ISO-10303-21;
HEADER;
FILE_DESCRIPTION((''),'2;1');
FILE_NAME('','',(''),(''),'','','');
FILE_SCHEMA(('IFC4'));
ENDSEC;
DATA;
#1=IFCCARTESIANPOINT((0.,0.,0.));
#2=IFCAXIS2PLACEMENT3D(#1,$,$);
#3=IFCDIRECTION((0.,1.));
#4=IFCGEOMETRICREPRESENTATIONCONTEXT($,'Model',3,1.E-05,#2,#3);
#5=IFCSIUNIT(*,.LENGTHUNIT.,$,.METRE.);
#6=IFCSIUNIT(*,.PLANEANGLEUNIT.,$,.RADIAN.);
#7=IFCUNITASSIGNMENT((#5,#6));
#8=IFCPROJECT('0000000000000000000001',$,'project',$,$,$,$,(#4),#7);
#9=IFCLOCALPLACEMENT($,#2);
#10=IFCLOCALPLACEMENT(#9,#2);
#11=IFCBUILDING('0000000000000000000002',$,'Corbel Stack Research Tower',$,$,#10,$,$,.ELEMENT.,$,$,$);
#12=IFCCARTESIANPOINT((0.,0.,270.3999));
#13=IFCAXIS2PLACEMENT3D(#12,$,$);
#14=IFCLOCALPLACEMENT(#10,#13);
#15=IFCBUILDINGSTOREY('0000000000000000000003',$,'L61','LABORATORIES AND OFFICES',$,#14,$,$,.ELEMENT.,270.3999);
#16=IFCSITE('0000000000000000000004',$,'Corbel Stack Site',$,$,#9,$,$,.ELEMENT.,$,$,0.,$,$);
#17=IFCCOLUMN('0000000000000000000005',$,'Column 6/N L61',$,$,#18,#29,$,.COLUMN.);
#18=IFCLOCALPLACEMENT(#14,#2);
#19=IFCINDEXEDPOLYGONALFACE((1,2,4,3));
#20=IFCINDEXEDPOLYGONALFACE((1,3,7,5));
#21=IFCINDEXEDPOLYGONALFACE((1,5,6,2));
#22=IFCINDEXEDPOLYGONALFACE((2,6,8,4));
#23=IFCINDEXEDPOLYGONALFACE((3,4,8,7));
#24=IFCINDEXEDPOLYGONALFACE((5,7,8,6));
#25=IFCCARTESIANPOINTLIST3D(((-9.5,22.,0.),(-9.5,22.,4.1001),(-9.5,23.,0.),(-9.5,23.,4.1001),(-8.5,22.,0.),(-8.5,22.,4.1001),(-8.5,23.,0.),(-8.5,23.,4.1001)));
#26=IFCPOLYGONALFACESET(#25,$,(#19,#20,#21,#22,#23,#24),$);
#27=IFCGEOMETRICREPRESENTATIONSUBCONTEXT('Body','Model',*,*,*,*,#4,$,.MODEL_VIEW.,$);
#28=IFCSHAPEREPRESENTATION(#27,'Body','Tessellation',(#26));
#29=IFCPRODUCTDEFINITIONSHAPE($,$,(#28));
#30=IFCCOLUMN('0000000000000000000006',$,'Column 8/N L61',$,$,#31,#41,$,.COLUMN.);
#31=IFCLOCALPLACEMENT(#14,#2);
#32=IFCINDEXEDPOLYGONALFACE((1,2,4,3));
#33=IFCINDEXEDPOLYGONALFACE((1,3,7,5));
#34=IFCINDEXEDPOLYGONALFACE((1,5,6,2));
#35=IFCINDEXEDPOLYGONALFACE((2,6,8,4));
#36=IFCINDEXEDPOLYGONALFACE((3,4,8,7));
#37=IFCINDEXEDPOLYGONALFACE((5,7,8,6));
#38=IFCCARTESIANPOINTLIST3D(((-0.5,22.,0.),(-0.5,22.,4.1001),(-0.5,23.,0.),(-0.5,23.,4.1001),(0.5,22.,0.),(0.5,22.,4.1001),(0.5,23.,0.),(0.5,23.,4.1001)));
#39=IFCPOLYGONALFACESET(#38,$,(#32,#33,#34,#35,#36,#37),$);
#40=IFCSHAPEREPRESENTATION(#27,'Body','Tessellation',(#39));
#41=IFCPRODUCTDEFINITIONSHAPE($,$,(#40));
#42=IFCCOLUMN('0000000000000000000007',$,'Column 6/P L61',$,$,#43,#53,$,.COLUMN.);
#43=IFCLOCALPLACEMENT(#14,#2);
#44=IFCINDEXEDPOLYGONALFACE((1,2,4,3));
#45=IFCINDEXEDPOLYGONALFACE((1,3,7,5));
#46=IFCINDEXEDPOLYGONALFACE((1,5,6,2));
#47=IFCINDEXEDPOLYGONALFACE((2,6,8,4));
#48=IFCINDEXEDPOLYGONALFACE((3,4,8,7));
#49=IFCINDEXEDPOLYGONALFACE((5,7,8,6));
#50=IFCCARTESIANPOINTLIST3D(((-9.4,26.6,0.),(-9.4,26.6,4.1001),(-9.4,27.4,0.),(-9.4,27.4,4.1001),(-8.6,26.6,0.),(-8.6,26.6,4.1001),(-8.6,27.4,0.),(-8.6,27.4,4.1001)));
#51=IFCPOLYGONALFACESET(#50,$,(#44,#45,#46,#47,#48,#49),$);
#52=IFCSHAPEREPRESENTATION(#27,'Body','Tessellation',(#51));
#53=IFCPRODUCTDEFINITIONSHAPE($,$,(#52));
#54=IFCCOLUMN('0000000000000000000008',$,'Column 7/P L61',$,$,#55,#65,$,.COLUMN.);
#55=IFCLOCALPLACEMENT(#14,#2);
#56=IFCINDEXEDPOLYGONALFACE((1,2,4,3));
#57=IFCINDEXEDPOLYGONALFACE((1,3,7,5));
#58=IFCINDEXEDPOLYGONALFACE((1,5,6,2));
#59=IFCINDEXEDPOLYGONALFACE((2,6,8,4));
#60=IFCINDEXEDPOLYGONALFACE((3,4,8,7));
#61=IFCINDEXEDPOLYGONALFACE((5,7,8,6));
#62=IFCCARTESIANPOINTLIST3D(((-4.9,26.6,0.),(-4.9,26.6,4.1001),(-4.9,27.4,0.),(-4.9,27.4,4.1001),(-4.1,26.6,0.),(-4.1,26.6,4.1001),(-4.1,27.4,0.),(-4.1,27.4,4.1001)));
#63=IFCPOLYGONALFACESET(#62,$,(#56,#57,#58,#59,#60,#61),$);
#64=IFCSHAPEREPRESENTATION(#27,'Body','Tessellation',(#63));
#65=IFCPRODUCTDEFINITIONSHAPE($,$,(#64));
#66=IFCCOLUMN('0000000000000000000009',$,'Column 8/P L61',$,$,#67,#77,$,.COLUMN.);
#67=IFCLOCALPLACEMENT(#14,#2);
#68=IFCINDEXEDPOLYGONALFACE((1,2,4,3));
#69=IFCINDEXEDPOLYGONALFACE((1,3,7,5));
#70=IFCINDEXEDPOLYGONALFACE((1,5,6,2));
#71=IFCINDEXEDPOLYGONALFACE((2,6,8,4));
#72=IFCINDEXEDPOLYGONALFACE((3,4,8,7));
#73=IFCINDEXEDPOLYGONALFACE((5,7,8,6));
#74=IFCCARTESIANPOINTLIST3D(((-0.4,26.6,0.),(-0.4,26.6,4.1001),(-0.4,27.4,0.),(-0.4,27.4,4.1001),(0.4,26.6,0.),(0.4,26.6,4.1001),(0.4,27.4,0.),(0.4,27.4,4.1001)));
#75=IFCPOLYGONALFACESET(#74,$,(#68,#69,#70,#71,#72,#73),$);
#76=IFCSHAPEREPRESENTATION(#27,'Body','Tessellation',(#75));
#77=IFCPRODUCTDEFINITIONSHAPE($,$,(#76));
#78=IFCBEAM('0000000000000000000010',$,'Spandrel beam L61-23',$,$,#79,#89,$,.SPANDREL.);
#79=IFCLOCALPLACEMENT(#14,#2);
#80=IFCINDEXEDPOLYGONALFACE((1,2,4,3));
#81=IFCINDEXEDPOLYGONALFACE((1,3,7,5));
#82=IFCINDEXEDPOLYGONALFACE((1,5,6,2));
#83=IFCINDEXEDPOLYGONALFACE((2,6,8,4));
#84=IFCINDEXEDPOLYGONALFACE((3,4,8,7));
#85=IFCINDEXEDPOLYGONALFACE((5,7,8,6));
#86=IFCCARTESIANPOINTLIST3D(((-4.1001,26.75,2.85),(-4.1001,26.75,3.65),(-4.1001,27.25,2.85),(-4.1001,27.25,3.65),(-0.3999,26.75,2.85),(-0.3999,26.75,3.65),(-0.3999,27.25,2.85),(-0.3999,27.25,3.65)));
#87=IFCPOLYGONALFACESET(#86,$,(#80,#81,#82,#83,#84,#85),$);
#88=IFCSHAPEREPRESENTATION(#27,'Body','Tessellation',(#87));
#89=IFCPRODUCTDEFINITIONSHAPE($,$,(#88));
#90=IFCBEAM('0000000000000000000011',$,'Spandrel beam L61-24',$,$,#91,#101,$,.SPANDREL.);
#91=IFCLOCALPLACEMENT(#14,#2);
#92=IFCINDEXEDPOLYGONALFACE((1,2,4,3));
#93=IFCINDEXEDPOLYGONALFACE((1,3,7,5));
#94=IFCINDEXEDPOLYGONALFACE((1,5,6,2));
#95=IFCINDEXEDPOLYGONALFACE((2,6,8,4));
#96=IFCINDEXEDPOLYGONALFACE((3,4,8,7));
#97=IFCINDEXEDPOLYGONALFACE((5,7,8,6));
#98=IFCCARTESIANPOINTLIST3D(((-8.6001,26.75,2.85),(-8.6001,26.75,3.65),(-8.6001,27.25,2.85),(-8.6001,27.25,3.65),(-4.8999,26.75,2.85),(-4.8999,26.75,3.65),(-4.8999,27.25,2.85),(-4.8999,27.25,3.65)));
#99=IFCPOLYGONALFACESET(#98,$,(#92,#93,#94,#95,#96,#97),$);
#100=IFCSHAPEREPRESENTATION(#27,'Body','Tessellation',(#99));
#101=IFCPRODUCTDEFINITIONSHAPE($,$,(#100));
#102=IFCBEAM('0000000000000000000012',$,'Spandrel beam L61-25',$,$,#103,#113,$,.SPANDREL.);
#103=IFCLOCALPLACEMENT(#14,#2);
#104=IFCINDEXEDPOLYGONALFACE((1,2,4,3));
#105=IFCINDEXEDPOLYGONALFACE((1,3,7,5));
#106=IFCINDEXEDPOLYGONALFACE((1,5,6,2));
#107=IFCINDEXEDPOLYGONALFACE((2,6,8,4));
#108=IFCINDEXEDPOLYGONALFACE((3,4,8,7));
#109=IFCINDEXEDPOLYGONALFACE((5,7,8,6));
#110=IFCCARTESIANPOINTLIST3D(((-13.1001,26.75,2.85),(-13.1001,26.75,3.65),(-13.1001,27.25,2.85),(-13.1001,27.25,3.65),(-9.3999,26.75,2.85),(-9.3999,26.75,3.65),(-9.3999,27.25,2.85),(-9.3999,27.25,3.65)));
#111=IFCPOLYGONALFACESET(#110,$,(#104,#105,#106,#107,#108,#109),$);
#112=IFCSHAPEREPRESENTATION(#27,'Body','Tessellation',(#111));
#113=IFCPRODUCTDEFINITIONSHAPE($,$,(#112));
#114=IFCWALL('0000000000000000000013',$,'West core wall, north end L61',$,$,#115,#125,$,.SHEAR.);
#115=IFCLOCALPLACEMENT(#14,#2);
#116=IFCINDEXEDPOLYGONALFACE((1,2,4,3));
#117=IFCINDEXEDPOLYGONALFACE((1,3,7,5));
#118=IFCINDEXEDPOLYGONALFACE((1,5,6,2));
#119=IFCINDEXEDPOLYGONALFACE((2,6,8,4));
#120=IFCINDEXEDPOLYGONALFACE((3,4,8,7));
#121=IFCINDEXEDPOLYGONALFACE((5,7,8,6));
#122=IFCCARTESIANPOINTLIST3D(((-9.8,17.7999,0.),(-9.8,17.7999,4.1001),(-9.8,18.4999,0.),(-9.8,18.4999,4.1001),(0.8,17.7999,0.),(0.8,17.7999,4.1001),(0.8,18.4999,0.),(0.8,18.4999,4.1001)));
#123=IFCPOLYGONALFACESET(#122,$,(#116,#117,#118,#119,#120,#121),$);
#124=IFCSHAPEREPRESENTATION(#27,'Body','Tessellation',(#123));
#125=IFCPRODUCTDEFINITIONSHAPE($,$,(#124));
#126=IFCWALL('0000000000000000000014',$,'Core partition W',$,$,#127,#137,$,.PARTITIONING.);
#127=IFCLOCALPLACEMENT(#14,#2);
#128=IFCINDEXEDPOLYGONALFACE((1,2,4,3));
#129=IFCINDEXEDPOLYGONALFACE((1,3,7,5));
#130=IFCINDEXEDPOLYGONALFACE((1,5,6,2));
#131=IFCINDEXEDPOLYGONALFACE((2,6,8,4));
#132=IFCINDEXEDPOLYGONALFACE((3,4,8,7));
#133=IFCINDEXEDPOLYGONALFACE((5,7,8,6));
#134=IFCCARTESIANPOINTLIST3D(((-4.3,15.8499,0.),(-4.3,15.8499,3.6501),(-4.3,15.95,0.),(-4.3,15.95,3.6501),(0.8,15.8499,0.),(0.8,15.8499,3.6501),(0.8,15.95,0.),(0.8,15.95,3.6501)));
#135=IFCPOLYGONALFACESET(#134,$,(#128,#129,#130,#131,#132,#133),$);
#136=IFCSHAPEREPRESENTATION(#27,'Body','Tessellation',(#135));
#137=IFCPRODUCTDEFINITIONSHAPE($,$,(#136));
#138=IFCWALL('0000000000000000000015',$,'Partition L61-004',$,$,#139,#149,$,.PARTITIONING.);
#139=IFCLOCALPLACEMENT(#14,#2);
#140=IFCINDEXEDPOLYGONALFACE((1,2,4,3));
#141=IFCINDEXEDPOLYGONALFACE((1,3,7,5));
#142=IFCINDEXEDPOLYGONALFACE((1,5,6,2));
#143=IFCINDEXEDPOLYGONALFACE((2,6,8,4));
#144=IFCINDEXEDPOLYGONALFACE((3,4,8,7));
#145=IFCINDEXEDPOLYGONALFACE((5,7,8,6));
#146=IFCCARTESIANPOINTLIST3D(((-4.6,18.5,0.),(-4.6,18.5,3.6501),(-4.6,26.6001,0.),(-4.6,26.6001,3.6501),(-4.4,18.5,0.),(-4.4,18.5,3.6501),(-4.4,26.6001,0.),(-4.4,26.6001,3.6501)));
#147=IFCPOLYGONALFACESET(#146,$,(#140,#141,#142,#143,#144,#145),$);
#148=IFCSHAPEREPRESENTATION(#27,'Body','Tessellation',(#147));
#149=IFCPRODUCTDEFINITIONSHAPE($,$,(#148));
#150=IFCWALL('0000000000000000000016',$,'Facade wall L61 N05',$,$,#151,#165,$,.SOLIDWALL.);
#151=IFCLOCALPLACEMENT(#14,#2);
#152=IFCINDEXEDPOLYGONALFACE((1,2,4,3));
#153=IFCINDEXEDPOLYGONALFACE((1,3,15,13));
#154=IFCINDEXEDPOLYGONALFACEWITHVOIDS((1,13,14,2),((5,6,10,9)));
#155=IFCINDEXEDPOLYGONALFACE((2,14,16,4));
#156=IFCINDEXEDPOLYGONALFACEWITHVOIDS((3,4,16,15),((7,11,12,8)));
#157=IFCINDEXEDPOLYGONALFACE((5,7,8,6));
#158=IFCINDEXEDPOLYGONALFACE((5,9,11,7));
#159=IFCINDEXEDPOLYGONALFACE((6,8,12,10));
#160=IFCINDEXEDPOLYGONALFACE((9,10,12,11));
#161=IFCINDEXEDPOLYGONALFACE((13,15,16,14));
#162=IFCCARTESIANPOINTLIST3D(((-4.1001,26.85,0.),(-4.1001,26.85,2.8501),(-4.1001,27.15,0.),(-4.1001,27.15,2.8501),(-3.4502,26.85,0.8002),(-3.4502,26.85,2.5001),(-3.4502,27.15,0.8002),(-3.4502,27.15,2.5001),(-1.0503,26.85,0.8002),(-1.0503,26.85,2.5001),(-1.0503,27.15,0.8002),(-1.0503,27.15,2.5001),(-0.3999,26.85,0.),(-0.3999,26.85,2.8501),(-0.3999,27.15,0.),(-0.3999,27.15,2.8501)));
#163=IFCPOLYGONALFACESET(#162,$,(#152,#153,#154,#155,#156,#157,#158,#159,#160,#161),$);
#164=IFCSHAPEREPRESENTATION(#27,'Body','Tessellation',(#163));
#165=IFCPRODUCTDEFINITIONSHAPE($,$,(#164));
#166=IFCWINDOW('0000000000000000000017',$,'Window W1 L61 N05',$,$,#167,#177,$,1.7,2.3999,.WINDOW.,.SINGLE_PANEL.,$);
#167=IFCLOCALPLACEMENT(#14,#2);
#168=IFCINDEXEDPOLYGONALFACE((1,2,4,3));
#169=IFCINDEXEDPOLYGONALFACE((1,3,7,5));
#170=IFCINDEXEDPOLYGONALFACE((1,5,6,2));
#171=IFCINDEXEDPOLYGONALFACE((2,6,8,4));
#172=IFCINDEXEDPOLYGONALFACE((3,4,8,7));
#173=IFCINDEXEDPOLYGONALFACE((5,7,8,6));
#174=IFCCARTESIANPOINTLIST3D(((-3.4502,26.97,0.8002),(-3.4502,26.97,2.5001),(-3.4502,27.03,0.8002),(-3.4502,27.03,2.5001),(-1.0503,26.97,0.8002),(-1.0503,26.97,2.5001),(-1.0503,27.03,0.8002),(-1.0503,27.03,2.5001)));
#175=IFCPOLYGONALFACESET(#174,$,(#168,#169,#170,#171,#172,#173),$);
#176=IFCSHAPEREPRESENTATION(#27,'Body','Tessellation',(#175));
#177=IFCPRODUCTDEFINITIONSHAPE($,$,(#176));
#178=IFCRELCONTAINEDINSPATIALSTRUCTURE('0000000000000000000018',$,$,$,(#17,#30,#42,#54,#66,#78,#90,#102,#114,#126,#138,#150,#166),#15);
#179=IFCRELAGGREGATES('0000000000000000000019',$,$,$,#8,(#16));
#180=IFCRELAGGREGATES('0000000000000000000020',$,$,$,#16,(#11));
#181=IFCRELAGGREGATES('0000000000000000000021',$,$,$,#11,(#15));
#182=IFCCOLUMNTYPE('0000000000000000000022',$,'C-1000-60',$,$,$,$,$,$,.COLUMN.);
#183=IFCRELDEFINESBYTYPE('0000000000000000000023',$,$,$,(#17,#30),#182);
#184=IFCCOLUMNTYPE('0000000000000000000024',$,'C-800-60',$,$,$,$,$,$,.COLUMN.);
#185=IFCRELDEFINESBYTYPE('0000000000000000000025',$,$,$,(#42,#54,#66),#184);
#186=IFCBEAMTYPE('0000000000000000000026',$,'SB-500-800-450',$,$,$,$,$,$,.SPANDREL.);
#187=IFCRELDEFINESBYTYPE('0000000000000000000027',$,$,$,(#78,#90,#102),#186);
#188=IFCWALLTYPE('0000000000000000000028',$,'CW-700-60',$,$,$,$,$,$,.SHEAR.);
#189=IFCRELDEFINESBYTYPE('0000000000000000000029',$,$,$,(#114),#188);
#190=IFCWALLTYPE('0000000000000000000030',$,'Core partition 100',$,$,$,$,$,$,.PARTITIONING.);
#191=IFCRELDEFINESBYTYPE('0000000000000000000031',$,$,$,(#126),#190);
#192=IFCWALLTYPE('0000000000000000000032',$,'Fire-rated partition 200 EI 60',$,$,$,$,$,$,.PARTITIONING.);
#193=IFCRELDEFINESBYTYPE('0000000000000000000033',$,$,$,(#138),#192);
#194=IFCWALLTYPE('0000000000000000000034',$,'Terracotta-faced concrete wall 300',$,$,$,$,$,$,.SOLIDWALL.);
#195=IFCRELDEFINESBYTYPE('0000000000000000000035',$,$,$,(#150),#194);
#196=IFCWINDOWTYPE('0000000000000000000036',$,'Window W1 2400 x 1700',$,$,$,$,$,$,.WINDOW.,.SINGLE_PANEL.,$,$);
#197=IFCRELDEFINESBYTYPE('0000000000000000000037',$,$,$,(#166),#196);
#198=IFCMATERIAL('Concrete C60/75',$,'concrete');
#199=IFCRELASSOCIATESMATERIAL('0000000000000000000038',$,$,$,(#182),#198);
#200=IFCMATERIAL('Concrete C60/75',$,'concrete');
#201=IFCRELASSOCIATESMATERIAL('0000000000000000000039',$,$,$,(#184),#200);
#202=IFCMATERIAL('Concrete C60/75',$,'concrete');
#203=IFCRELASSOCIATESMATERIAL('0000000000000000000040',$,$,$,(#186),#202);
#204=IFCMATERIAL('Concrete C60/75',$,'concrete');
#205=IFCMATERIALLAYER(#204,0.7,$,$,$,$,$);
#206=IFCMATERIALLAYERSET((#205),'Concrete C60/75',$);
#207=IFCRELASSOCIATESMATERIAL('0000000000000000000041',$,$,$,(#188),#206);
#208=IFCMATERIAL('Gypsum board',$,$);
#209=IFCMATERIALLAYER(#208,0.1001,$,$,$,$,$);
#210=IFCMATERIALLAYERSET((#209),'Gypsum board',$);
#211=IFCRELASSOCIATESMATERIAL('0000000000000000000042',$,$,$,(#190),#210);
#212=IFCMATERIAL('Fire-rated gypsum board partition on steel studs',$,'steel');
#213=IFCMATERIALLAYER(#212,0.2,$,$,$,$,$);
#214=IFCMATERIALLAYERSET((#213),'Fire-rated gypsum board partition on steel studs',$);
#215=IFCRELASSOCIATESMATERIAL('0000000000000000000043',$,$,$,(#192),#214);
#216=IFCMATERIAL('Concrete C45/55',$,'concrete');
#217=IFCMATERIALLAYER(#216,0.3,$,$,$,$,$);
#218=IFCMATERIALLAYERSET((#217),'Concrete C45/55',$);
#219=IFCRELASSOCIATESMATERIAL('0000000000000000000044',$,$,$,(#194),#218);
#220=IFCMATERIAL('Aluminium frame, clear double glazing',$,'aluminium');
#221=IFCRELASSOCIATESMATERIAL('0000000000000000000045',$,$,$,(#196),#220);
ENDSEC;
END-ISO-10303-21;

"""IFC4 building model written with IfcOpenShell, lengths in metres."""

from ifc_helpers import new_model, si_unit, direction, frame, frame_2d, origin, origin_2d, place, context, subcontext, project, spatial, rectangle, extrude, material, layer, layer_set, material_profile, profile_set, type_object, element, fill, save


model = new_model("IFC4")

# Units and contexts
model_context = context("Model", 3, precision=1e-05, world=origin(), true_north=direction((0.0, 1.0)))
body_context = subcontext(model_context, "Body", "Model", "MODEL_VIEW")
ifc_project = project(units=[si_unit("LENGTHUNIT", "METRE"), si_unit("PLANEANGLEUNIT", "RADIAN")], contexts=[model_context])

# Site, building, storey
site_placement = place(None, origin())
site = spatial("IfcSite", under=ifc_project, at=site_placement, Name="Corbel Stack Site", CompositionType="ELEMENT", RefElevation=0.0)
building_placement = place(site_placement, origin())
building = spatial("IfcBuilding", under=site, at=building_placement, Name="Corbel Stack Research Tower", CompositionType="ELEMENT")
storey_placement = place(building_placement, frame((0.0, 0.0, 270.3999)))
storey = spatial("IfcBuildingStorey", under=building, at=storey_placement, Name="L61", Description="LABORATORIES AND OFFICES", CompositionType="ELEMENT", Elevation=270.3999)

# Columns
ifc_material_1 = material(Name="Concrete C60/75", Category="concrete")
ifc_material_profile_1 = material_profile(ifc_material_1, rectangle(XDim=1.0, YDim=1.0, at=origin_2d()), Name="RC 1000 x 1000")
ifc_profile_set_1 = profile_set([ifc_material_profile_1], Name="Concrete C60/75")
column_type_1 = type_object("IfcColumnType", Name="C-1000-60", PredefinedType="COLUMN", material=ifc_profile_set_1)
for number, where, z_axis, x_axis, name in (
    (1, (-9.0, 22.5, 0.0), (0.0, 0.0, 1.0), (1.0, 0.0, 0.0), "Column 6/N L61"),
    (2, (0.0, 22.5, 0.0), (0.0, 0.0, 1.0), (1.0, 0.0, 0.0), "Column 8/N L61"),
):
    element("IfcColumn", number, at=place(storey_placement, frame(where, z_axis=z_axis, x_axis=x_axis)), inside=storey, type_object=column_type_1, Name=name, PredefinedType="COLUMN", context=body_context, shape_type="SweptSolid", body=[
        extrude(rectangle(XDim=1.0, YDim=1.0, at=origin_2d()), origin(), (0.0, 0.0, 1.0), 4.1001),
    ])
ifc_material_2 = material(Name="Concrete C60/75", Category="concrete")
ifc_material_profile_2 = material_profile(ifc_material_2, rectangle(XDim=0.8, YDim=0.8, at=origin_2d()), Name="RC 800 x 800")
ifc_profile_set_2 = profile_set([ifc_material_profile_2], Name="Concrete C60/75")
column_type_2 = type_object("IfcColumnType", Name="C-800-60", PredefinedType="COLUMN", material=ifc_profile_set_2)
for number, where, z_axis, x_axis, name in (
    (3, (-9.0, 27.0, 0.0), (0.0, 0.0, 1.0), (1.0, 0.0, 0.0), "Column 6/P L61"),
    (4, (-4.5, 27.0, 0.0), (0.0, 0.0, 1.0), (1.0, 0.0, 0.0), "Column 7/P L61"),
    (5, (0.0, 27.0, 0.0), (0.0, 0.0, 1.0), (1.0, 0.0, 0.0), "Column 8/P L61"),
):
    element("IfcColumn", number, at=place(storey_placement, frame(where, z_axis=z_axis, x_axis=x_axis)), inside=storey, type_object=column_type_2, Name=name, PredefinedType="COLUMN", context=body_context, shape_type="SweptSolid", body=[
        extrude(rectangle(XDim=0.8, YDim=0.8, at=origin_2d()), origin(), (0.0, 0.0, 1.0), 4.1001),
    ])

# Beams
ifc_material_3 = material(Name="Concrete C60/75", Category="concrete")
ifc_material_profile_3 = material_profile(ifc_material_3, rectangle(XDim=0.5, YDim=0.8, at=origin_2d()), Name="RC 500 x 800")
ifc_profile_set_3 = profile_set([ifc_material_profile_3], Name="Concrete C60/75")
beam_type = type_object("IfcBeamType", Name="SB-500-800-450", PredefinedType="SPANDREL", material=ifc_profile_set_3)
for number, where, z_axis, x_axis, name in (
    (6, (-0.3999, 27.0, 3.25), (-1.0, 0.0, 0.0), (0.0, -1.0, 0.0), "Spandrel beam L61-23"),
    (7, (-4.8999, 27.0, 3.25), (-1.0, 0.0, 0.0), (0.0, -1.0, 0.0), "Spandrel beam L61-24"),
    (8, (-9.3999, 27.0, 3.25), (-1.0, 0.0, 0.0), (0.0, -1.0, 0.0), "Spandrel beam L61-25"),
):
    element("IfcBeam", number, at=place(storey_placement, frame(where, z_axis=z_axis, x_axis=x_axis)), inside=storey, type_object=beam_type, Name=name, PredefinedType="SPANDREL", context=body_context, shape_type="SweptSolid", body=[
        extrude(rectangle(XDim=0.5, YDim=0.8, at=origin_2d()), origin(), (0.0, 0.0, 1.0), 3.7002),
    ])

# Walls
ifc_material_4 = material(Name="Concrete C60/75", Category="concrete")
ifc_layer_1 = layer(ifc_material_4, 0.7)
ifc_layer_set_1 = layer_set([ifc_layer_1], Name="Concrete C60/75")
wall_type_1 = type_object("IfcWallType", Name="CW-700-60", PredefinedType="SHEAR", material=ifc_layer_set_1)
wall_1_placement = place(storey_placement, frame((-9.8, 18.1499, 0.0), z_axis=(0.0, 0.0, 1.0), x_axis=(1.0, 0.0, 0.0)))
element("IfcWall", 9, at=wall_1_placement, inside=storey, type_object=wall_type_1, Name="West core wall, north end L61", PredefinedType="SHEAR", context=body_context, shape_type="SweptSolid", body=[
    extrude(rectangle(XDim=10.6001, YDim=0.7, at=frame_2d((5.3, 0.0))), origin(), (0.0, 0.0, 1.0), 4.1001),
])
ifc_material_5 = material(Name="Gypsum board")
ifc_layer_2 = layer(ifc_material_5, 0.1001)
ifc_layer_set_2 = layer_set([ifc_layer_2], Name="Gypsum board")
wall_type_2 = type_object("IfcWallType", Name="Core partition 100", PredefinedType="PARTITIONING", material=ifc_layer_set_2)
wall_2_placement = place(storey_placement, frame((-4.3, 15.8999, 0.0), z_axis=(0.0, 0.0, 1.0), x_axis=(1.0, 0.0, 0.0)))
element("IfcWall", 10, at=wall_2_placement, inside=storey, type_object=wall_type_2, Name="Core partition W", PredefinedType="PARTITIONING", context=body_context, shape_type="SweptSolid", body=[
    extrude(rectangle(XDim=5.1001, YDim=0.1001, at=frame_2d((2.55, 0.0))), origin(), (0.0, 0.0, 1.0), 3.6501),
])
ifc_material_6 = material(Name="Fire-rated gypsum board partition on steel studs", Category="steel")
ifc_layer_3 = layer(ifc_material_6, 0.2)
ifc_layer_set_3 = layer_set([ifc_layer_3], Name="Fire-rated gypsum board partition on steel studs")
wall_type_3 = type_object("IfcWallType", Name="Fire-rated partition 200 EI 60", PredefinedType="PARTITIONING", material=ifc_layer_set_3)
wall_3_placement = place(storey_placement, frame((-4.5, 18.5, 0.0), z_axis=(0.0, 0.0, 1.0), x_axis=(0.0, 1.0, 0.0)))
element("IfcWall", 11, at=wall_3_placement, inside=storey, type_object=wall_type_3, Name="Partition L61-004", PredefinedType="PARTITIONING", context=body_context, shape_type="SweptSolid", body=[
    extrude(rectangle(XDim=8.1001, YDim=0.2, at=frame_2d((4.05, 0.0))), origin(), (0.0, 0.0, 1.0), 3.6501),
])

# Wall, opening, window
ifc_material_7 = material(Name="Concrete C45/55", Category="concrete")
ifc_layer_4 = layer(ifc_material_7, 0.3)
ifc_layer_set_4 = layer_set([ifc_layer_4], Name="Concrete C45/55")
wall_type_4 = type_object("IfcWallType", Name="Terracotta-faced concrete wall 300", PredefinedType="SOLIDWALL", material=ifc_layer_set_4)
wall_4_placement = place(storey_placement, frame((-4.1001, 27.0, 0.0), z_axis=(0.0, 0.0, 1.0), x_axis=(1.0, 0.0, 0.0)))
wall_4 = element("IfcWall", 12, at=wall_4_placement, inside=storey, type_object=wall_type_4, Name="Facade wall L61 N05", PredefinedType="SOLIDWALL", context=body_context, shape_type="SweptSolid", body=[
    extrude(rectangle(XDim=3.7002, YDim=0.3, at=frame_2d((1.8501, 0.0))), origin(), (0.0, 0.0, 1.0), 2.8501),
])
opening_1_placement = place(wall_4_placement, frame((0.6499, 0.0, 0.8)))
opening_1 = element("IfcOpeningElement", 13, at=opening_1_placement, cuts=wall_4, PredefinedType="OPENING", context=body_context, shape_type="SweptSolid", body=[
    extrude(rectangle(XDim=2.3999, YDim=1.7, at=frame_2d((1.2, 0.8501))), frame((0.0, 0.1599, 0.0), z_axis=(0.0, -1.0, 0.0), x_axis=(1.0, 0.0, 0.0)), (0.0, 0.0, 1.0), 0.3201),
])
ifc_material_8 = material(Name="Aluminium frame, clear double glazing", Category="aluminium")
window_type = type_object("IfcWindowType", Name="Window W1 2400 x 1700", PartitioningType="SINGLE_PANEL", PredefinedType="WINDOW", material=ifc_material_8)
window_1_placement = place(opening_1_placement, origin())
window_1 = element("IfcWindow", 14, at=window_1_placement, inside=storey, type_object=window_type, Name="Window W1 L61 N05", OverallHeight=1.7, OverallWidth=2.3999, PartitioningType="SINGLE_PANEL", PredefinedType="WINDOW", context=body_context, shape_type="SweptSolid", body=[
    extrude(rectangle(XDim=2.3999, YDim=1.7, at=frame_2d((1.2, 0.8501))), frame((0.0, 0.03, 0.0), z_axis=(0.0, -1.0, 0.0), x_axis=(1.0, 0.0, 0.0)), (0.0, 0.0, 1.0), 0.0601),
])
fill(opening_1, window_1)

save(model, "model.ifc")
